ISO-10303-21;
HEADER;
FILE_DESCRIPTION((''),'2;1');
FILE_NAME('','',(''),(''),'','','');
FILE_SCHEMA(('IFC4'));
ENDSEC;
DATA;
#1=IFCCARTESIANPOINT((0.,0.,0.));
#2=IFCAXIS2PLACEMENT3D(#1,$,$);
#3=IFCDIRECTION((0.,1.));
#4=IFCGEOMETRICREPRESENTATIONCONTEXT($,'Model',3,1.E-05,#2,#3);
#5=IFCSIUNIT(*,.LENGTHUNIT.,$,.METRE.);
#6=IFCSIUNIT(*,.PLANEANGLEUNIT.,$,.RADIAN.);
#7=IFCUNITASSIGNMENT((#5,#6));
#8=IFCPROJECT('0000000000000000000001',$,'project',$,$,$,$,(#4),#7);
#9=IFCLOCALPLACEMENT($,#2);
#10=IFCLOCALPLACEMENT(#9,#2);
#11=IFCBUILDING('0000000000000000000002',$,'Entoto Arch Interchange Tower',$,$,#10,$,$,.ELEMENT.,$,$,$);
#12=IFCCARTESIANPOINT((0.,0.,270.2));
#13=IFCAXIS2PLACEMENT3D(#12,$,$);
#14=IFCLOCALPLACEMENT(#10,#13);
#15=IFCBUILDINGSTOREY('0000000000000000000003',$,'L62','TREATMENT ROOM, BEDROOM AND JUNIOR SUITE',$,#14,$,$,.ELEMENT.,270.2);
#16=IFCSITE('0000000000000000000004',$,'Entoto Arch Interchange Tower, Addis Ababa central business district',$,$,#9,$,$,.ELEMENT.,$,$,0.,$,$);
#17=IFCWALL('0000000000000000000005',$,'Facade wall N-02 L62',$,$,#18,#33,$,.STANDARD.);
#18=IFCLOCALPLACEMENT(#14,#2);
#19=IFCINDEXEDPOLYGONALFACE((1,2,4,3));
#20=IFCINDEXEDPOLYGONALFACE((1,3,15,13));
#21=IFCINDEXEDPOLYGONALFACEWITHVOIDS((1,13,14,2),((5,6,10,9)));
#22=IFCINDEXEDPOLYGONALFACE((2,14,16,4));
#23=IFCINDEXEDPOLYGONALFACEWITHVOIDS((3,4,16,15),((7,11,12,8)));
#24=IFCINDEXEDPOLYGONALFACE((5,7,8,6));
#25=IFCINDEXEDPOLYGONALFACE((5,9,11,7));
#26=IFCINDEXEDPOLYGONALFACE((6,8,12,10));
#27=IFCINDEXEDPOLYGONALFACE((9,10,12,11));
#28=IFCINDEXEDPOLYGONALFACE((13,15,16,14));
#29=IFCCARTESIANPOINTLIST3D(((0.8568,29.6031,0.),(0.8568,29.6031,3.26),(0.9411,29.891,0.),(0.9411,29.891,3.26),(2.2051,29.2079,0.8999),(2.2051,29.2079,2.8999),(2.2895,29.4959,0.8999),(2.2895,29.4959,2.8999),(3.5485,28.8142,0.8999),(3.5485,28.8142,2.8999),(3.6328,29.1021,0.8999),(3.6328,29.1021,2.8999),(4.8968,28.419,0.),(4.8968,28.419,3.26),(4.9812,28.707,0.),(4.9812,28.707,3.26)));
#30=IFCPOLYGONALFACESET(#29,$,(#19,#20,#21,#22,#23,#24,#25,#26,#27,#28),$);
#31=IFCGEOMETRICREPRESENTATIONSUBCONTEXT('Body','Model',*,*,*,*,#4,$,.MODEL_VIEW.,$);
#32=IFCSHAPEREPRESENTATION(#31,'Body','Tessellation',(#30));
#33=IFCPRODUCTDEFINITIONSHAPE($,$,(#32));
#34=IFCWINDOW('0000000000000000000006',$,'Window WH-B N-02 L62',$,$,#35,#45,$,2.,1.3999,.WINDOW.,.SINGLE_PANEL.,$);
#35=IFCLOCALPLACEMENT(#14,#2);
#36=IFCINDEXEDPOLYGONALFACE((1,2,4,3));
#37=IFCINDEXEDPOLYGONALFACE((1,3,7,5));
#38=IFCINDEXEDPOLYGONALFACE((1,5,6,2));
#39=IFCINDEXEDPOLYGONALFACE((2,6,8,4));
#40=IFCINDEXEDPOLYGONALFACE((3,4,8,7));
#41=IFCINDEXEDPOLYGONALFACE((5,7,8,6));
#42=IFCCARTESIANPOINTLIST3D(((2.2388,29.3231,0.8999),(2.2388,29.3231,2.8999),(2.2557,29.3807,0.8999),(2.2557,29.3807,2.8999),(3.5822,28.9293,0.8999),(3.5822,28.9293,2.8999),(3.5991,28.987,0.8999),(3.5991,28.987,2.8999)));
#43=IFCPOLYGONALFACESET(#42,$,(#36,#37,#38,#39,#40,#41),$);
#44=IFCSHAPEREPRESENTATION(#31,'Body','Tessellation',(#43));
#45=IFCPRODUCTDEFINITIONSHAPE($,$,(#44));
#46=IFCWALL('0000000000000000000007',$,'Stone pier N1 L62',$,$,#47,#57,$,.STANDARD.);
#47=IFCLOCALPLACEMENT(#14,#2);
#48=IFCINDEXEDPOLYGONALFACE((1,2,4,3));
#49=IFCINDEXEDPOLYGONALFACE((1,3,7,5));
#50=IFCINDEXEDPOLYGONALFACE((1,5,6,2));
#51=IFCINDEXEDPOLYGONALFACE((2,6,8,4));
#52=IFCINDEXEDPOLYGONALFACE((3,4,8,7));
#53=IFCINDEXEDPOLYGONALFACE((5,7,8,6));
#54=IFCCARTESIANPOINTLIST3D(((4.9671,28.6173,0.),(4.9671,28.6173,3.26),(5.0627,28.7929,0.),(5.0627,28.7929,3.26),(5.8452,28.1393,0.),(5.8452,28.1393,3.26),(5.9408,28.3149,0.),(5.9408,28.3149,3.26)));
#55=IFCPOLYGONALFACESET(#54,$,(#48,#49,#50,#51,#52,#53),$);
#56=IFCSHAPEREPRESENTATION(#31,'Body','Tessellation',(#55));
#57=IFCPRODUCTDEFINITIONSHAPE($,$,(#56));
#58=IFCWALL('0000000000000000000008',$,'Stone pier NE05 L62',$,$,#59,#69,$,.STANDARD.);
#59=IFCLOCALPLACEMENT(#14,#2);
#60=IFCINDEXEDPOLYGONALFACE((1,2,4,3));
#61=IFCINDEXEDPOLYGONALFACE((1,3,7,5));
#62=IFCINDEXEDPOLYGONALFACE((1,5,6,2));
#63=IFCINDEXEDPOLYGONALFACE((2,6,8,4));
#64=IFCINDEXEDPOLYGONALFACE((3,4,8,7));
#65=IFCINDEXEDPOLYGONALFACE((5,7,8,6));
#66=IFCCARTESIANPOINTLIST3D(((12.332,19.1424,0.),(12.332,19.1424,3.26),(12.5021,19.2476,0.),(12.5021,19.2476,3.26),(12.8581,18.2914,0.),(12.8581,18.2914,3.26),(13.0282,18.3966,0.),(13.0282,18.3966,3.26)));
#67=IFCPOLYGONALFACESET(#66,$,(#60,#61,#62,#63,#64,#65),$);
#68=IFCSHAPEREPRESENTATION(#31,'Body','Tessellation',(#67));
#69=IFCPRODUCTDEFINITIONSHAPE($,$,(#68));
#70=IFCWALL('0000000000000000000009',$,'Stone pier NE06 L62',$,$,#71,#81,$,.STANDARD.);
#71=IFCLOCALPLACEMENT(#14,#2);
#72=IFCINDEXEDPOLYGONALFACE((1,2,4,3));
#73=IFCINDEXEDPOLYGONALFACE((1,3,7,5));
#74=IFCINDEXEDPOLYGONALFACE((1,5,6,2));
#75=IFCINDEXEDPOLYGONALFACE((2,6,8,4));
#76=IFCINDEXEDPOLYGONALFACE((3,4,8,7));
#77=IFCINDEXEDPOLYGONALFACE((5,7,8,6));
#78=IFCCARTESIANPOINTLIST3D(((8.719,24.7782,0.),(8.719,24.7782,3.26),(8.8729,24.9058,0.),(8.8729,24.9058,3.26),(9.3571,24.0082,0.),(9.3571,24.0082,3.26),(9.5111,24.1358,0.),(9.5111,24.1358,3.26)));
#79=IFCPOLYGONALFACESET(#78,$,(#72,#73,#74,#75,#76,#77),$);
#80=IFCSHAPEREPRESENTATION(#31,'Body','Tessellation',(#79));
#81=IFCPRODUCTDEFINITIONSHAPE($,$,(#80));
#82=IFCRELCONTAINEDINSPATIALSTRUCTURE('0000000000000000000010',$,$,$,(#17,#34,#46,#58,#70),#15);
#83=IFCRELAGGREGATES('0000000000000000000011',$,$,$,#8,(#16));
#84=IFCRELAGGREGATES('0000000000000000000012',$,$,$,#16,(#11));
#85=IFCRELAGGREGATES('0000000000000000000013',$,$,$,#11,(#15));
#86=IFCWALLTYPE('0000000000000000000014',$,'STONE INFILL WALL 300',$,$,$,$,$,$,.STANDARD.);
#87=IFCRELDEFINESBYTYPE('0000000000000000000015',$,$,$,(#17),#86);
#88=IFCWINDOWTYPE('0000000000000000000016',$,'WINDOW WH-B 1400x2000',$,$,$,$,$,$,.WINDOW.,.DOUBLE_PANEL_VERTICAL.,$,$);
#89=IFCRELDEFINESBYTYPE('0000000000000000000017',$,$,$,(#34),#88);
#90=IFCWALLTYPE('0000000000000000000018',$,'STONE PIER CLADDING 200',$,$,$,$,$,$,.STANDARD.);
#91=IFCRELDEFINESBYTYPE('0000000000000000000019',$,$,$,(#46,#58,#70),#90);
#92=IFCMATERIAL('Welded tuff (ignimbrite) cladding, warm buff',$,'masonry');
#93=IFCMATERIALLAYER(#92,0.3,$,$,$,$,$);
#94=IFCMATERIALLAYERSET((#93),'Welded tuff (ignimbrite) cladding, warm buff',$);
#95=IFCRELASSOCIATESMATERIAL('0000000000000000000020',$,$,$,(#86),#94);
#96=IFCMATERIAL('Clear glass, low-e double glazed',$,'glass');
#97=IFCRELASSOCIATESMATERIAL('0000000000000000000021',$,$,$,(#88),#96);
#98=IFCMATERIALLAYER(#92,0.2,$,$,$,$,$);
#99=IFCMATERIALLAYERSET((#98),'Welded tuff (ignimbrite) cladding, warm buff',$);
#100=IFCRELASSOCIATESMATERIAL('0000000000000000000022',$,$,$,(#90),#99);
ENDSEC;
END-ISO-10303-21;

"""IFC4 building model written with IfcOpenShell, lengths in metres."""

from ifc_helpers import new_model, si_unit, direction, frame, frame_2d, origin, place, context, subcontext, project, spatial, rectangle, extrude, material, layer, layer_set, type_object, element, fill, save


model = new_model("IFC4")

# Units and contexts
model_context = context("Model", 3, precision=1e-05, world=origin(), true_north=direction((0.0, 1.0)))
body_context = subcontext(model_context, "Body", "Model", "MODEL_VIEW")
ifc_project = project(units=[si_unit("LENGTHUNIT", "METRE"), si_unit("PLANEANGLEUNIT", "RADIAN")], contexts=[model_context])

# Site, building, storey
site_placement = place(None, origin())
site = spatial("IfcSite", under=ifc_project, at=site_placement, Name="Entoto Arch Interchange Tower, Addis Ababa central business district", CompositionType="ELEMENT", RefElevation=0.0)
building_placement = place(site_placement, origin())
building = spatial("IfcBuilding", under=site, at=building_placement, Name="Entoto Arch Interchange Tower", CompositionType="ELEMENT")
storey_placement = place(building_placement, frame((0.0, 0.0, 270.2)))
storey = spatial("IfcBuildingStorey", under=building, at=storey_placement, Name="L62", Description="TREATMENT ROOM, BEDROOM AND JUNIOR SUITE", CompositionType="ELEMENT", Elevation=270.2)

# Shared definitions
ifc_material_1 = material(Name="Welded tuff (ignimbrite) cladding, warm buff", Category="masonry")
ifc_layer_1 = layer(ifc_material_1, 0.3)
ifc_layer_set_1 = layer_set([ifc_layer_1], Name="Welded tuff (ignimbrite) cladding, warm buff")
wall_type_1 = type_object("IfcWallType", Name="STONE INFILL WALL 300", PredefinedType="STANDARD", material=ifc_layer_set_1)
ifc_material_2 = material(Name="Clear glass, low-e double glazed", Category="glass")

# Wall, opening, window
window_type_1 = type_object("IfcWindowType", Name="WINDOW WH-B 1400x2000", PartitioningType="DOUBLE_PANEL_VERTICAL", PredefinedType="WINDOW", material=ifc_material_2)
wall_1_placement = place(storey_placement, frame((4.939, 28.563, 0.0), z_axis=(0.0, 0.0, 1.0), x_axis=(-0.959633, 0.281256, 0.0)))
wall_1 = element("IfcWall", 1, at=wall_1_placement, inside=storey, type_object=wall_type_1, Name="Facade wall N-02 L62", PredefinedType="STANDARD", context=body_context, shape_type="SweptSolid", body=[
    extrude(rectangle(XDim=4.21, YDim=0.3, at=frame_2d((2.105, 0.0))), origin(), (0.0, 0.0, 1.0), 3.26),
])
opening_1_placement = place(wall_1_placement, frame((1.405, 0.0, 0.8999)))
opening_1 = element("IfcOpeningElement", 2, at=opening_1_placement, cuts=wall_1, PredefinedType="OPENING", context=body_context, shape_type="SweptSolid", body=[
    extrude(rectangle(XDim=1.3999, YDim=2.0, at=frame_2d((0.7, 1.0))), frame((0.0, 0.1602, 0.0), z_axis=(0.0, -1.0, 0.0), x_axis=(1.0, 0.0, 0.0)), (0.0, 0.0, 1.0), 0.3201),
])
window_1_placement = place(opening_1_placement, origin())
window_1 = element("IfcWindow", 3, at=window_1_placement, inside=storey, type_object=window_type_1, Name="Window WH-B N-02 L62", OverallHeight=2.0, OverallWidth=1.3999, PartitioningType="SINGLE_PANEL", PredefinedType="WINDOW", context=body_context, shape_type="SweptSolid", body=[
    extrude(rectangle(XDim=1.3999, YDim=2.0, at=frame_2d((0.7, 1.0))), frame((0.0, 0.03, 0.0), z_axis=(0.0, -1.0, 0.0), x_axis=(1.0, 0.0, 0.0)), (0.0, 0.0, 1.0), 0.0601),
])
fill(opening_1, window_1)

# Walls
ifc_layer_2 = layer(ifc_material_1, 0.2)
ifc_layer_set_2 = layer_set([ifc_layer_2], Name="Welded tuff (ignimbrite) cladding, warm buff")
wall_type_2 = type_object("IfcWallType", Name="STONE PIER CLADDING 200", PredefinedType="STANDARD", material=ifc_layer_set_2)
wall_2_placement = place(storey_placement, frame((5.8931, 28.2271, 0.0), z_axis=(0.0, 0.0, 1.0), x_axis=(-0.878306, 0.478099, 0.0)))
element("IfcWall", 4, at=wall_2_placement, inside=storey, type_object=wall_type_2, Name="Stone pier N1 L62", PredefinedType="STANDARD", context=body_context, shape_type="SweptSolid", body=[
    extrude(rectangle(XDim=0.9998, YDim=0.2, at=frame_2d((0.5, 0.0))), origin(), (0.0, 0.0, 1.0), 3.26),
])
wall_3_placement = place(storey_placement, frame((12.9431, 18.344, 0.0), z_axis=(0.0, 0.0, 1.0), x_axis=(-0.525825, 0.850593, 0.0)))
element("IfcWall", 5, at=wall_3_placement, inside=storey, type_object=wall_type_2, Name="Stone pier NE05 L62", PredefinedType="STANDARD", context=body_context, shape_type="SweptSolid", body=[
    extrude(rectangle(XDim=1.0005, YDim=0.2, at=frame_2d((0.5002, 0.0))), origin(), (0.0, 0.0, 1.0), 3.26),
])
wall_4_placement = place(storey_placement, frame((9.4341, 24.072, 0.0), z_axis=(0.0, 0.0, 1.0), x_axis=(-0.638117, 0.769939, 0.0)))
element("IfcWall", 6, at=wall_4_placement, inside=storey, type_object=wall_type_2, Name="Stone pier NE06 L62", PredefinedType="STANDARD", context=body_context, shape_type="SweptSolid", body=[
    extrude(rectangle(XDim=1.0, YDim=0.2, at=frame_2d((0.5, 0.0))), origin(), (0.0, 0.0, 1.0), 3.26),
])

save(model, "model.ifc")
